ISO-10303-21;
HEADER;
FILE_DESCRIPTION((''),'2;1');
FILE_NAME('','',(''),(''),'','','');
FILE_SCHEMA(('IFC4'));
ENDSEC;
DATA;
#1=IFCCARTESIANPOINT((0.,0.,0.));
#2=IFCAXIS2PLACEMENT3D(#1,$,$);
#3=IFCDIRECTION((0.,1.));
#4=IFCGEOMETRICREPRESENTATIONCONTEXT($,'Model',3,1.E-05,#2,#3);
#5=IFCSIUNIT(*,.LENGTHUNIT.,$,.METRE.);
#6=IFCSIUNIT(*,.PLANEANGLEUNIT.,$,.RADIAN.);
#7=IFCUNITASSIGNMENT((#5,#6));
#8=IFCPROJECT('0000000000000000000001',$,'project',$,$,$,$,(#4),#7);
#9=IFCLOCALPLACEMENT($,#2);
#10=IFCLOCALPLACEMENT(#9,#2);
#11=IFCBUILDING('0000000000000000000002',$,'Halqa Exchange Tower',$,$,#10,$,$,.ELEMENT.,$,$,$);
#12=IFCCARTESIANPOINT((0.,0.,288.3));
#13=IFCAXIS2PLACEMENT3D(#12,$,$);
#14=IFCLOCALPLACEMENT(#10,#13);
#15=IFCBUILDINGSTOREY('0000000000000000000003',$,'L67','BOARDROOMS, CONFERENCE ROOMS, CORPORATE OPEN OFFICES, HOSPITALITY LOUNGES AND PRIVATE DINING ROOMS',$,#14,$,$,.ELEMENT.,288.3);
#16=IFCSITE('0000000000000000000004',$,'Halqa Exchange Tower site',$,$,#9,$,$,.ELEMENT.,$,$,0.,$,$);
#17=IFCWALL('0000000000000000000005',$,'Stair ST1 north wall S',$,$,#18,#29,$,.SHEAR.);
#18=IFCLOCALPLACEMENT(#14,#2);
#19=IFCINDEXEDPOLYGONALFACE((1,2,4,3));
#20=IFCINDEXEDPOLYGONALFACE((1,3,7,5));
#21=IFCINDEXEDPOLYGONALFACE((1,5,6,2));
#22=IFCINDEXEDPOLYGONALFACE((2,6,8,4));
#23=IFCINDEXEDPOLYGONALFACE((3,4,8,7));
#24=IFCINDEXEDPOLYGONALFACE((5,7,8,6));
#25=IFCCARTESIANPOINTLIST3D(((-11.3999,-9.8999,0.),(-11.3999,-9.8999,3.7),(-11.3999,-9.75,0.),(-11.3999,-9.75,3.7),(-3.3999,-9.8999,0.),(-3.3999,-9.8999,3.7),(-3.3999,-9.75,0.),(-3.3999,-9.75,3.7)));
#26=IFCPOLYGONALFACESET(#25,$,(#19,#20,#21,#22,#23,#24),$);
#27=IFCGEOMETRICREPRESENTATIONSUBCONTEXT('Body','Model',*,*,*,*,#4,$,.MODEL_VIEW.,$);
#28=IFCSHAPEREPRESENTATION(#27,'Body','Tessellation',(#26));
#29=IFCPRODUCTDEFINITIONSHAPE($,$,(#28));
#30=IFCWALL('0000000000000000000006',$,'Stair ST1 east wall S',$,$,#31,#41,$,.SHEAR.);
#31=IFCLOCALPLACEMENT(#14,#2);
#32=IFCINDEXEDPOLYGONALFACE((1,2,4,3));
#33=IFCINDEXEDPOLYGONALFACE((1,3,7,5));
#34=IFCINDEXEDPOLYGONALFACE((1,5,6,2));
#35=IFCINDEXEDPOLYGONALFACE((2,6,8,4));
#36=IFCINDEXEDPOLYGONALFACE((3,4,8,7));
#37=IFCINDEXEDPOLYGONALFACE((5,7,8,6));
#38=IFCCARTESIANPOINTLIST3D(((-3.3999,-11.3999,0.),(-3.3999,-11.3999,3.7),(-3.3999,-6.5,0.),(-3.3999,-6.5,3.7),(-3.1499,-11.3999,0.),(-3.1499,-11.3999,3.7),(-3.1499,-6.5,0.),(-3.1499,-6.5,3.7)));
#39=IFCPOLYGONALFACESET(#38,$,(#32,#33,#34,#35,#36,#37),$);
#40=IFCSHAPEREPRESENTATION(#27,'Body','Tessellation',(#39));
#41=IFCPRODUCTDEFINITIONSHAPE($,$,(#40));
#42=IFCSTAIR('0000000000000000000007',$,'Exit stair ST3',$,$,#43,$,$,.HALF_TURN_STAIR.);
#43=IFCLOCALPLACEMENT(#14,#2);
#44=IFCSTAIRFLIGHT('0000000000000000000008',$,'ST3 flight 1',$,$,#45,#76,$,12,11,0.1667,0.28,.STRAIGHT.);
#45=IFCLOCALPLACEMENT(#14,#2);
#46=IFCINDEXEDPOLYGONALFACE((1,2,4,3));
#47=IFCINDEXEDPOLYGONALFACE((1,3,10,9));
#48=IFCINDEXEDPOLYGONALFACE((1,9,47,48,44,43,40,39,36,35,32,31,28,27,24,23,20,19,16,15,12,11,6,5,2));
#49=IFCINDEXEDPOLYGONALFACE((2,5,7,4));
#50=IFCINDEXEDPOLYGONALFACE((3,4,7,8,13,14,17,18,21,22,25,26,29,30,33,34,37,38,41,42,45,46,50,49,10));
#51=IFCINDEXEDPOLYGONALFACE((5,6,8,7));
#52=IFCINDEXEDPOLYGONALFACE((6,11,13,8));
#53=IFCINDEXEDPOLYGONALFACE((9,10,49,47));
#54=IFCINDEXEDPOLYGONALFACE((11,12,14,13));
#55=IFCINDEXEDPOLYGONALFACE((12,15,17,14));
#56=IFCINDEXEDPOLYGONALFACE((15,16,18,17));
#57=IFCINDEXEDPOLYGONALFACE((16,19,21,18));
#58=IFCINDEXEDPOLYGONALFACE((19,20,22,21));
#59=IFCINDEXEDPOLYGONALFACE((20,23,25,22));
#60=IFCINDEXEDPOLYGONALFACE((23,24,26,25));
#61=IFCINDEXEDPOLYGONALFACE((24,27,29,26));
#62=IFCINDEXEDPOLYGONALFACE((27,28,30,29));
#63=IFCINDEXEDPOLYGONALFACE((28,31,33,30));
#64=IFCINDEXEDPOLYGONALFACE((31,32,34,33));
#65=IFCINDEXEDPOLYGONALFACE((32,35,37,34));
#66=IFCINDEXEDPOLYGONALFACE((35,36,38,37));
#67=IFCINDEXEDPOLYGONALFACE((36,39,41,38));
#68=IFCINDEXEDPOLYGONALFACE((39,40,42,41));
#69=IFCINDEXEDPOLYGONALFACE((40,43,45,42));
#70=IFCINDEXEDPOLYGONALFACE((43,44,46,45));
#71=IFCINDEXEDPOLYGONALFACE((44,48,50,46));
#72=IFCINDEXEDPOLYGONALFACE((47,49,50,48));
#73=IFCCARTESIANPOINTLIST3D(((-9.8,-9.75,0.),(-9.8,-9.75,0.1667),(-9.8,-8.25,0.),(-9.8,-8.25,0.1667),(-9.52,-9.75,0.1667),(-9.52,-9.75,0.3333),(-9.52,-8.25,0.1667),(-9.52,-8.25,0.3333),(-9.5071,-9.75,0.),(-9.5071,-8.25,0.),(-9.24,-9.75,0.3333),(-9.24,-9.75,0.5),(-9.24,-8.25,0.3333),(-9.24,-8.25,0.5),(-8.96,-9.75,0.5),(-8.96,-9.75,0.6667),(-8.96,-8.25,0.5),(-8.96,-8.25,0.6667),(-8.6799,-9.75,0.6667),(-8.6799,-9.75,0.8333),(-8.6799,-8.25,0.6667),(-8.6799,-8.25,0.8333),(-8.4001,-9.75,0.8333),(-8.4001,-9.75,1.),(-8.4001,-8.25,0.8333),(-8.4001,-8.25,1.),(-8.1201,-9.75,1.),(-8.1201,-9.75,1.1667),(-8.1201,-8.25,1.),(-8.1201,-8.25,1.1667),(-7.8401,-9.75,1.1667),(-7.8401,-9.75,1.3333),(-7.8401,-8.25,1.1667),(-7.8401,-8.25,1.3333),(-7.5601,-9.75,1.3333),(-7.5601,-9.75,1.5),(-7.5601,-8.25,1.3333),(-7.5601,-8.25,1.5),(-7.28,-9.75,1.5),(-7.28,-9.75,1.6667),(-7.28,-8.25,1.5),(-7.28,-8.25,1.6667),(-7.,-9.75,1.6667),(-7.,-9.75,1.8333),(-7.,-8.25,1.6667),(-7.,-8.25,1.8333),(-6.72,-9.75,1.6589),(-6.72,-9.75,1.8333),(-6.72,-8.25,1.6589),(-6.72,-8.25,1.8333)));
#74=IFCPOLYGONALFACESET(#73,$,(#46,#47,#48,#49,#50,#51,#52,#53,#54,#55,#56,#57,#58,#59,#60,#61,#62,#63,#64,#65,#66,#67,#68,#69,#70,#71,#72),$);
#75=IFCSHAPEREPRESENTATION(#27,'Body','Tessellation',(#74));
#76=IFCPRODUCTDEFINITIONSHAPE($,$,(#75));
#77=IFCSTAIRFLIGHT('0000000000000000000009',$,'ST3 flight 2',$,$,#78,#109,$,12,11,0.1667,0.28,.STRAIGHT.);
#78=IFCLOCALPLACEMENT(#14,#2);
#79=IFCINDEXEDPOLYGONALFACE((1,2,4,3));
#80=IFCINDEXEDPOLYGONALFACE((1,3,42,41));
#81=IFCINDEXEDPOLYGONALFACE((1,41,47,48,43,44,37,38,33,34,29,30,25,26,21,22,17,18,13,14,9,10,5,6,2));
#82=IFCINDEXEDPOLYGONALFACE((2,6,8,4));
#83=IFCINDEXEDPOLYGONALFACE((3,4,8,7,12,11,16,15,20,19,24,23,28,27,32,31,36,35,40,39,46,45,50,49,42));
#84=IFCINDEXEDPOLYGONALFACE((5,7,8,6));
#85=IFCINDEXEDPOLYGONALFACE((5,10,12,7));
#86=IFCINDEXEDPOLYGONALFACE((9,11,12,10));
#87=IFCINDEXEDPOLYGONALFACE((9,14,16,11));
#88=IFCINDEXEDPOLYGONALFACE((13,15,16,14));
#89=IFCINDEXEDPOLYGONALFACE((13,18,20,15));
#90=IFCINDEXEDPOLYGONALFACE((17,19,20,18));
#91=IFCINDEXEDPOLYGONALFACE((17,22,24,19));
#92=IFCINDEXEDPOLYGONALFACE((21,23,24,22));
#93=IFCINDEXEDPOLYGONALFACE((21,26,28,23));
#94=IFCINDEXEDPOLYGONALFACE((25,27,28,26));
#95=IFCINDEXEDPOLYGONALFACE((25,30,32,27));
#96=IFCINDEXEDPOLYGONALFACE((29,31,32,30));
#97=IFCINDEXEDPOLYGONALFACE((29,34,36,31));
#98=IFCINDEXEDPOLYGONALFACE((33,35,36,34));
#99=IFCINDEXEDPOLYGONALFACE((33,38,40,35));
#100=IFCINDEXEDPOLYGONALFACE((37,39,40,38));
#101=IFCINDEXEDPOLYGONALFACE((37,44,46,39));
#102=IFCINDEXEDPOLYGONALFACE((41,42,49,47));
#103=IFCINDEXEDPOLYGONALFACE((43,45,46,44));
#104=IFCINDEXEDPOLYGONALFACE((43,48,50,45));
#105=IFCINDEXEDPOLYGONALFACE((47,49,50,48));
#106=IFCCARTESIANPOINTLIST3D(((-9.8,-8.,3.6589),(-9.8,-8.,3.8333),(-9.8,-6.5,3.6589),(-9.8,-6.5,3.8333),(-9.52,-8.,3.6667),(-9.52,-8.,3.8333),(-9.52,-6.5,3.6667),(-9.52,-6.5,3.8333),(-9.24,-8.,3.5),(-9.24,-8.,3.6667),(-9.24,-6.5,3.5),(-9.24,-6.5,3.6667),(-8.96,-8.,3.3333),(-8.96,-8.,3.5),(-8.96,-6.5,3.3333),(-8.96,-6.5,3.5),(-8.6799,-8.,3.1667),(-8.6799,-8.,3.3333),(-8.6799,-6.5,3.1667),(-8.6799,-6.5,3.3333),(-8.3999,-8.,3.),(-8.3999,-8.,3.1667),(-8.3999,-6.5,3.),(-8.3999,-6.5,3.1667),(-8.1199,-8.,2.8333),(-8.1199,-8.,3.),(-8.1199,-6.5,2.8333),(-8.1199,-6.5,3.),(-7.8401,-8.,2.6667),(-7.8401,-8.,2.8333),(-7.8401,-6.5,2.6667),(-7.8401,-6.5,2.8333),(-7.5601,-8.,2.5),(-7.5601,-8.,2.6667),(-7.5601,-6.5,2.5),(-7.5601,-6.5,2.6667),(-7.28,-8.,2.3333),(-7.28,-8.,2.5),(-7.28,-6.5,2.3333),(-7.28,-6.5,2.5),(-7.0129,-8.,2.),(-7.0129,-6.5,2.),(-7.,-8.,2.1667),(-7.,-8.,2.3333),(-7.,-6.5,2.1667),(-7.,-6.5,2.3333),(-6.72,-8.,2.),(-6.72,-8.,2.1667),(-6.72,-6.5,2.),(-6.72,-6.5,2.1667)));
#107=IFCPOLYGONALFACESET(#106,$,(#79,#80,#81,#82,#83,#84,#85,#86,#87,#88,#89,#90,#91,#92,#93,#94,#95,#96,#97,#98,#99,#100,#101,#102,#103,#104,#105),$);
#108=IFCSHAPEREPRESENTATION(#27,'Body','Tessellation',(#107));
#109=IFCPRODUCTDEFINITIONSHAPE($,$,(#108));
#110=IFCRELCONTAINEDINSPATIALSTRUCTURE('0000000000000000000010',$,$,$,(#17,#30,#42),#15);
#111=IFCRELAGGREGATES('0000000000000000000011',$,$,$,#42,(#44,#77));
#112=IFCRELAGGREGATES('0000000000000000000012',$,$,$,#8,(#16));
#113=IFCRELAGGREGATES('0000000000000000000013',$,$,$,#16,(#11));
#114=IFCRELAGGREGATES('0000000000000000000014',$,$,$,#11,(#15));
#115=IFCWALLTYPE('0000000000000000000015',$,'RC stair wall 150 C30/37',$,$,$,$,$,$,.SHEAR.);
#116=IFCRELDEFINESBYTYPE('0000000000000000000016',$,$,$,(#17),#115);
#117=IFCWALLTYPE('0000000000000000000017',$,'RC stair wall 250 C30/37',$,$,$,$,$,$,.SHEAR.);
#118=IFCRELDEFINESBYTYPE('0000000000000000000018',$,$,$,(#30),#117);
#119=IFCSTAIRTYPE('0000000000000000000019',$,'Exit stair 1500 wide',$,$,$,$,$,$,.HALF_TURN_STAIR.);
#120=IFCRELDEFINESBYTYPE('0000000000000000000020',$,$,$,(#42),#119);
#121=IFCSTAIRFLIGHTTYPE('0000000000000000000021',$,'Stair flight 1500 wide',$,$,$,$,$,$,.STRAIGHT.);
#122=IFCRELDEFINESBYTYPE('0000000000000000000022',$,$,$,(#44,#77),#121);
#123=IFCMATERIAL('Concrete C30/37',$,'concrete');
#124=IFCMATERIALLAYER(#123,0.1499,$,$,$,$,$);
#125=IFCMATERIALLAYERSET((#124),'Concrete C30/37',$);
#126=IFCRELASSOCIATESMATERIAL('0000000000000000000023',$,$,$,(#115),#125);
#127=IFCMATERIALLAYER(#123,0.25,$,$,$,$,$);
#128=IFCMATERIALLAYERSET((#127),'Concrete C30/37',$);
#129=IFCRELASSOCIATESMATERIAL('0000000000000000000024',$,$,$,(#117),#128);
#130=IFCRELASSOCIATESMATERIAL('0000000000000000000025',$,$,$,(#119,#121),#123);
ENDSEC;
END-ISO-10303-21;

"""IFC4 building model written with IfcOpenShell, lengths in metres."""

from ifc_helpers import new_model, si_unit, direction, frame, frame_2d, origin, place, context, subcontext, project, spatial, polyline, rectangle, outline, extrude, material, layer, layer_set, type_object, element, aggregate, save


model = new_model("IFC4")

# Units and contexts
model_context = context("Model", 3, precision=1e-05, world=origin(), true_north=direction((0.0, 1.0)))
body_context = subcontext(model_context, "Body", "Model", "MODEL_VIEW")
ifc_project = project(units=[si_unit("LENGTHUNIT", "METRE"), si_unit("PLANEANGLEUNIT", "RADIAN")], contexts=[model_context])

# Site, building, storey
site_placement = place(None, origin())
site = spatial("IfcSite", under=ifc_project, at=site_placement, Name="Halqa Exchange Tower site", CompositionType="ELEMENT", RefElevation=0.0)
building_placement = place(site_placement, origin())
building = spatial("IfcBuilding", under=site, at=building_placement, Name="Halqa Exchange Tower", CompositionType="ELEMENT")
storey_placement = place(building_placement, frame((0.0, 0.0, 288.3)))
storey = spatial("IfcBuildingStorey", under=building, at=storey_placement, Name="L67", Description="BOARDROOMS, CONFERENCE ROOMS, CORPORATE OPEN OFFICES, HOSPITALITY LOUNGES AND PRIVATE DINING ROOMS", CompositionType="ELEMENT", Elevation=288.3)

# Walls
ifc_material_1 = material(Name="Concrete C30/37", Category="concrete")
ifc_layer_1 = layer(ifc_material_1, 0.1499)
ifc_layer_set_1 = layer_set([ifc_layer_1], Name="Concrete C30/37")
wall_type_1 = type_object("IfcWallType", Name="RC stair wall 150 C30/37", PredefinedType="SHEAR", material=ifc_layer_set_1)
wall_1_placement = place(storey_placement, frame((-11.3999, -9.825, 0.0), z_axis=(0.0, 0.0, 1.0), x_axis=(1.0, 0.0, 0.0)))
element("IfcWall", 1, at=wall_1_placement, inside=storey, type_object=wall_type_1, Name="Stair ST1 north wall S", PredefinedType="SHEAR", context=body_context, shape_type="SweptSolid", body=[
    extrude(rectangle(XDim=8.0, YDim=0.1499, at=frame_2d((4.0, 0.0))), origin(), (0.0, 0.0, 1.0), 3.7),
])
ifc_layer_2 = layer(ifc_material_1, 0.25)
ifc_layer_set_2 = layer_set([ifc_layer_2], Name="Concrete C30/37")
wall_type_2 = type_object("IfcWallType", Name="RC stair wall 250 C30/37", PredefinedType="SHEAR", material=ifc_layer_set_2)
wall_2_placement = place(storey_placement, frame((-3.2749, -11.3999, 0.0), z_axis=(0.0, 0.0, 1.0), x_axis=(0.0, 1.0, 0.0)))
element("IfcWall", 2, at=wall_2_placement, inside=storey, type_object=wall_type_2, Name="Stair ST1 east wall S", PredefinedType="SHEAR", context=body_context, shape_type="SweptSolid", body=[
    extrude(rectangle(XDim=4.8999, YDim=0.25, at=frame_2d((2.45, 0.0))), origin(), (0.0, 0.0, 1.0), 3.7),
])

# Stair, stair flights
stair_type = type_object("IfcStairType", Name="Exit stair 1500 wide", PredefinedType="HALF_TURN_STAIR", material=ifc_material_1)
stair_placement = place(storey_placement, origin())
stair = element("IfcStair", 3, at=stair_placement, inside=storey, type_object=stair_type, Name="Exit stair ST3", PredefinedType="HALF_TURN_STAIR")
stair_flight_type = type_object("IfcStairFlightType", Name="Stair flight 1500 wide", PredefinedType="STRAIGHT", material=ifc_material_1)
stair_flight_1_placement = place(storey_placement, frame((-9.8, -9.0, 0.0), z_axis=(0.0, 0.0, 1.0), x_axis=(1.0, 0.0, 0.0)))
stair_flight_1 = element("IfcStairFlight", 4, at=stair_flight_1_placement, type_object=stair_flight_type, Name="ST3 flight 1", NumberOfRisers=12, NumberOfTreads=11, PredefinedType="STRAIGHT", RiserHeight=0.1667, TreadLength=0.28, context=body_context, shape_type="SweptSolid", body=[
    extrude(outline(polyline([(0.0, 0.0), (0.0, 0.1667), (0.28, 0.1667), (0.28, 0.3333), (0.5601, 0.3333), (0.5601, 0.5), (0.8401, 0.5), (0.8401, 0.6667), (1.1201, 0.6667), (1.1201, 0.8333), (1.3999, 0.8333), (1.3999, 1.0), (1.6799, 1.0), (1.6799, 1.1667), (1.96, 1.1667), (1.96, 1.3333), (2.24, 1.3333), (2.24, 1.5), (2.52, 1.5), (2.52, 1.6667), (2.8, 1.6667), (2.8, 1.8333), (3.0801, 1.8333), (3.0801, 2.0), (3.0801, 1.6589), (0.293, 0.0), (0.0, 0.0)])), frame((0.0, 0.75, 0.0), z_axis=(0.0, -1.0, 0.0), x_axis=(1.0, 0.0, 0.0)), (0.0, 0.0, 1.0), 1.5),
])
stair_flight_2_placement = place(storey_placement, frame((-6.72, -7.25, 2.0), z_axis=(0.0, 0.0, 1.0), x_axis=(-1.0, 0.0, 0.0)))
stair_flight_2 = element("IfcStairFlight", 5, at=stair_flight_2_placement, type_object=stair_flight_type, Name="ST3 flight 2", NumberOfRisers=12, NumberOfTreads=11, PredefinedType="STRAIGHT", RiserHeight=0.1667, TreadLength=0.28, context=body_context, shape_type="SweptSolid", body=[
    extrude(outline(polyline([(0.0, 0.0), (0.0, 0.1667), (0.28, 0.1667), (0.28, 0.3333), (0.5601, 0.3333), (0.5601, 0.5), (0.8401, 0.5), (0.8401, 0.6667), (1.1201, 0.6667), (1.1201, 0.8333), (1.3999, 0.8333), (1.3999, 1.0), (1.6799, 1.0), (1.6799, 1.1667), (1.96, 1.1667), (1.96, 1.3333), (2.24, 1.3333), (2.24, 1.5), (2.52, 1.5), (2.52, 1.6667), (2.8, 1.6667), (2.8, 1.8333), (3.0801, 1.8333), (3.0801, 2.0), (3.0801, 1.6589), (0.293, 0.0), (0.0, 0.0)])), frame((0.0, 0.75, 0.0), z_axis=(0.0, -1.0, 0.0), x_axis=(1.0, 0.0, 0.0)), (0.0, 0.0, 1.0), 1.5),
])
aggregate(stair, [stair_flight_1, stair_flight_2])

save(model, "model.ifc")
